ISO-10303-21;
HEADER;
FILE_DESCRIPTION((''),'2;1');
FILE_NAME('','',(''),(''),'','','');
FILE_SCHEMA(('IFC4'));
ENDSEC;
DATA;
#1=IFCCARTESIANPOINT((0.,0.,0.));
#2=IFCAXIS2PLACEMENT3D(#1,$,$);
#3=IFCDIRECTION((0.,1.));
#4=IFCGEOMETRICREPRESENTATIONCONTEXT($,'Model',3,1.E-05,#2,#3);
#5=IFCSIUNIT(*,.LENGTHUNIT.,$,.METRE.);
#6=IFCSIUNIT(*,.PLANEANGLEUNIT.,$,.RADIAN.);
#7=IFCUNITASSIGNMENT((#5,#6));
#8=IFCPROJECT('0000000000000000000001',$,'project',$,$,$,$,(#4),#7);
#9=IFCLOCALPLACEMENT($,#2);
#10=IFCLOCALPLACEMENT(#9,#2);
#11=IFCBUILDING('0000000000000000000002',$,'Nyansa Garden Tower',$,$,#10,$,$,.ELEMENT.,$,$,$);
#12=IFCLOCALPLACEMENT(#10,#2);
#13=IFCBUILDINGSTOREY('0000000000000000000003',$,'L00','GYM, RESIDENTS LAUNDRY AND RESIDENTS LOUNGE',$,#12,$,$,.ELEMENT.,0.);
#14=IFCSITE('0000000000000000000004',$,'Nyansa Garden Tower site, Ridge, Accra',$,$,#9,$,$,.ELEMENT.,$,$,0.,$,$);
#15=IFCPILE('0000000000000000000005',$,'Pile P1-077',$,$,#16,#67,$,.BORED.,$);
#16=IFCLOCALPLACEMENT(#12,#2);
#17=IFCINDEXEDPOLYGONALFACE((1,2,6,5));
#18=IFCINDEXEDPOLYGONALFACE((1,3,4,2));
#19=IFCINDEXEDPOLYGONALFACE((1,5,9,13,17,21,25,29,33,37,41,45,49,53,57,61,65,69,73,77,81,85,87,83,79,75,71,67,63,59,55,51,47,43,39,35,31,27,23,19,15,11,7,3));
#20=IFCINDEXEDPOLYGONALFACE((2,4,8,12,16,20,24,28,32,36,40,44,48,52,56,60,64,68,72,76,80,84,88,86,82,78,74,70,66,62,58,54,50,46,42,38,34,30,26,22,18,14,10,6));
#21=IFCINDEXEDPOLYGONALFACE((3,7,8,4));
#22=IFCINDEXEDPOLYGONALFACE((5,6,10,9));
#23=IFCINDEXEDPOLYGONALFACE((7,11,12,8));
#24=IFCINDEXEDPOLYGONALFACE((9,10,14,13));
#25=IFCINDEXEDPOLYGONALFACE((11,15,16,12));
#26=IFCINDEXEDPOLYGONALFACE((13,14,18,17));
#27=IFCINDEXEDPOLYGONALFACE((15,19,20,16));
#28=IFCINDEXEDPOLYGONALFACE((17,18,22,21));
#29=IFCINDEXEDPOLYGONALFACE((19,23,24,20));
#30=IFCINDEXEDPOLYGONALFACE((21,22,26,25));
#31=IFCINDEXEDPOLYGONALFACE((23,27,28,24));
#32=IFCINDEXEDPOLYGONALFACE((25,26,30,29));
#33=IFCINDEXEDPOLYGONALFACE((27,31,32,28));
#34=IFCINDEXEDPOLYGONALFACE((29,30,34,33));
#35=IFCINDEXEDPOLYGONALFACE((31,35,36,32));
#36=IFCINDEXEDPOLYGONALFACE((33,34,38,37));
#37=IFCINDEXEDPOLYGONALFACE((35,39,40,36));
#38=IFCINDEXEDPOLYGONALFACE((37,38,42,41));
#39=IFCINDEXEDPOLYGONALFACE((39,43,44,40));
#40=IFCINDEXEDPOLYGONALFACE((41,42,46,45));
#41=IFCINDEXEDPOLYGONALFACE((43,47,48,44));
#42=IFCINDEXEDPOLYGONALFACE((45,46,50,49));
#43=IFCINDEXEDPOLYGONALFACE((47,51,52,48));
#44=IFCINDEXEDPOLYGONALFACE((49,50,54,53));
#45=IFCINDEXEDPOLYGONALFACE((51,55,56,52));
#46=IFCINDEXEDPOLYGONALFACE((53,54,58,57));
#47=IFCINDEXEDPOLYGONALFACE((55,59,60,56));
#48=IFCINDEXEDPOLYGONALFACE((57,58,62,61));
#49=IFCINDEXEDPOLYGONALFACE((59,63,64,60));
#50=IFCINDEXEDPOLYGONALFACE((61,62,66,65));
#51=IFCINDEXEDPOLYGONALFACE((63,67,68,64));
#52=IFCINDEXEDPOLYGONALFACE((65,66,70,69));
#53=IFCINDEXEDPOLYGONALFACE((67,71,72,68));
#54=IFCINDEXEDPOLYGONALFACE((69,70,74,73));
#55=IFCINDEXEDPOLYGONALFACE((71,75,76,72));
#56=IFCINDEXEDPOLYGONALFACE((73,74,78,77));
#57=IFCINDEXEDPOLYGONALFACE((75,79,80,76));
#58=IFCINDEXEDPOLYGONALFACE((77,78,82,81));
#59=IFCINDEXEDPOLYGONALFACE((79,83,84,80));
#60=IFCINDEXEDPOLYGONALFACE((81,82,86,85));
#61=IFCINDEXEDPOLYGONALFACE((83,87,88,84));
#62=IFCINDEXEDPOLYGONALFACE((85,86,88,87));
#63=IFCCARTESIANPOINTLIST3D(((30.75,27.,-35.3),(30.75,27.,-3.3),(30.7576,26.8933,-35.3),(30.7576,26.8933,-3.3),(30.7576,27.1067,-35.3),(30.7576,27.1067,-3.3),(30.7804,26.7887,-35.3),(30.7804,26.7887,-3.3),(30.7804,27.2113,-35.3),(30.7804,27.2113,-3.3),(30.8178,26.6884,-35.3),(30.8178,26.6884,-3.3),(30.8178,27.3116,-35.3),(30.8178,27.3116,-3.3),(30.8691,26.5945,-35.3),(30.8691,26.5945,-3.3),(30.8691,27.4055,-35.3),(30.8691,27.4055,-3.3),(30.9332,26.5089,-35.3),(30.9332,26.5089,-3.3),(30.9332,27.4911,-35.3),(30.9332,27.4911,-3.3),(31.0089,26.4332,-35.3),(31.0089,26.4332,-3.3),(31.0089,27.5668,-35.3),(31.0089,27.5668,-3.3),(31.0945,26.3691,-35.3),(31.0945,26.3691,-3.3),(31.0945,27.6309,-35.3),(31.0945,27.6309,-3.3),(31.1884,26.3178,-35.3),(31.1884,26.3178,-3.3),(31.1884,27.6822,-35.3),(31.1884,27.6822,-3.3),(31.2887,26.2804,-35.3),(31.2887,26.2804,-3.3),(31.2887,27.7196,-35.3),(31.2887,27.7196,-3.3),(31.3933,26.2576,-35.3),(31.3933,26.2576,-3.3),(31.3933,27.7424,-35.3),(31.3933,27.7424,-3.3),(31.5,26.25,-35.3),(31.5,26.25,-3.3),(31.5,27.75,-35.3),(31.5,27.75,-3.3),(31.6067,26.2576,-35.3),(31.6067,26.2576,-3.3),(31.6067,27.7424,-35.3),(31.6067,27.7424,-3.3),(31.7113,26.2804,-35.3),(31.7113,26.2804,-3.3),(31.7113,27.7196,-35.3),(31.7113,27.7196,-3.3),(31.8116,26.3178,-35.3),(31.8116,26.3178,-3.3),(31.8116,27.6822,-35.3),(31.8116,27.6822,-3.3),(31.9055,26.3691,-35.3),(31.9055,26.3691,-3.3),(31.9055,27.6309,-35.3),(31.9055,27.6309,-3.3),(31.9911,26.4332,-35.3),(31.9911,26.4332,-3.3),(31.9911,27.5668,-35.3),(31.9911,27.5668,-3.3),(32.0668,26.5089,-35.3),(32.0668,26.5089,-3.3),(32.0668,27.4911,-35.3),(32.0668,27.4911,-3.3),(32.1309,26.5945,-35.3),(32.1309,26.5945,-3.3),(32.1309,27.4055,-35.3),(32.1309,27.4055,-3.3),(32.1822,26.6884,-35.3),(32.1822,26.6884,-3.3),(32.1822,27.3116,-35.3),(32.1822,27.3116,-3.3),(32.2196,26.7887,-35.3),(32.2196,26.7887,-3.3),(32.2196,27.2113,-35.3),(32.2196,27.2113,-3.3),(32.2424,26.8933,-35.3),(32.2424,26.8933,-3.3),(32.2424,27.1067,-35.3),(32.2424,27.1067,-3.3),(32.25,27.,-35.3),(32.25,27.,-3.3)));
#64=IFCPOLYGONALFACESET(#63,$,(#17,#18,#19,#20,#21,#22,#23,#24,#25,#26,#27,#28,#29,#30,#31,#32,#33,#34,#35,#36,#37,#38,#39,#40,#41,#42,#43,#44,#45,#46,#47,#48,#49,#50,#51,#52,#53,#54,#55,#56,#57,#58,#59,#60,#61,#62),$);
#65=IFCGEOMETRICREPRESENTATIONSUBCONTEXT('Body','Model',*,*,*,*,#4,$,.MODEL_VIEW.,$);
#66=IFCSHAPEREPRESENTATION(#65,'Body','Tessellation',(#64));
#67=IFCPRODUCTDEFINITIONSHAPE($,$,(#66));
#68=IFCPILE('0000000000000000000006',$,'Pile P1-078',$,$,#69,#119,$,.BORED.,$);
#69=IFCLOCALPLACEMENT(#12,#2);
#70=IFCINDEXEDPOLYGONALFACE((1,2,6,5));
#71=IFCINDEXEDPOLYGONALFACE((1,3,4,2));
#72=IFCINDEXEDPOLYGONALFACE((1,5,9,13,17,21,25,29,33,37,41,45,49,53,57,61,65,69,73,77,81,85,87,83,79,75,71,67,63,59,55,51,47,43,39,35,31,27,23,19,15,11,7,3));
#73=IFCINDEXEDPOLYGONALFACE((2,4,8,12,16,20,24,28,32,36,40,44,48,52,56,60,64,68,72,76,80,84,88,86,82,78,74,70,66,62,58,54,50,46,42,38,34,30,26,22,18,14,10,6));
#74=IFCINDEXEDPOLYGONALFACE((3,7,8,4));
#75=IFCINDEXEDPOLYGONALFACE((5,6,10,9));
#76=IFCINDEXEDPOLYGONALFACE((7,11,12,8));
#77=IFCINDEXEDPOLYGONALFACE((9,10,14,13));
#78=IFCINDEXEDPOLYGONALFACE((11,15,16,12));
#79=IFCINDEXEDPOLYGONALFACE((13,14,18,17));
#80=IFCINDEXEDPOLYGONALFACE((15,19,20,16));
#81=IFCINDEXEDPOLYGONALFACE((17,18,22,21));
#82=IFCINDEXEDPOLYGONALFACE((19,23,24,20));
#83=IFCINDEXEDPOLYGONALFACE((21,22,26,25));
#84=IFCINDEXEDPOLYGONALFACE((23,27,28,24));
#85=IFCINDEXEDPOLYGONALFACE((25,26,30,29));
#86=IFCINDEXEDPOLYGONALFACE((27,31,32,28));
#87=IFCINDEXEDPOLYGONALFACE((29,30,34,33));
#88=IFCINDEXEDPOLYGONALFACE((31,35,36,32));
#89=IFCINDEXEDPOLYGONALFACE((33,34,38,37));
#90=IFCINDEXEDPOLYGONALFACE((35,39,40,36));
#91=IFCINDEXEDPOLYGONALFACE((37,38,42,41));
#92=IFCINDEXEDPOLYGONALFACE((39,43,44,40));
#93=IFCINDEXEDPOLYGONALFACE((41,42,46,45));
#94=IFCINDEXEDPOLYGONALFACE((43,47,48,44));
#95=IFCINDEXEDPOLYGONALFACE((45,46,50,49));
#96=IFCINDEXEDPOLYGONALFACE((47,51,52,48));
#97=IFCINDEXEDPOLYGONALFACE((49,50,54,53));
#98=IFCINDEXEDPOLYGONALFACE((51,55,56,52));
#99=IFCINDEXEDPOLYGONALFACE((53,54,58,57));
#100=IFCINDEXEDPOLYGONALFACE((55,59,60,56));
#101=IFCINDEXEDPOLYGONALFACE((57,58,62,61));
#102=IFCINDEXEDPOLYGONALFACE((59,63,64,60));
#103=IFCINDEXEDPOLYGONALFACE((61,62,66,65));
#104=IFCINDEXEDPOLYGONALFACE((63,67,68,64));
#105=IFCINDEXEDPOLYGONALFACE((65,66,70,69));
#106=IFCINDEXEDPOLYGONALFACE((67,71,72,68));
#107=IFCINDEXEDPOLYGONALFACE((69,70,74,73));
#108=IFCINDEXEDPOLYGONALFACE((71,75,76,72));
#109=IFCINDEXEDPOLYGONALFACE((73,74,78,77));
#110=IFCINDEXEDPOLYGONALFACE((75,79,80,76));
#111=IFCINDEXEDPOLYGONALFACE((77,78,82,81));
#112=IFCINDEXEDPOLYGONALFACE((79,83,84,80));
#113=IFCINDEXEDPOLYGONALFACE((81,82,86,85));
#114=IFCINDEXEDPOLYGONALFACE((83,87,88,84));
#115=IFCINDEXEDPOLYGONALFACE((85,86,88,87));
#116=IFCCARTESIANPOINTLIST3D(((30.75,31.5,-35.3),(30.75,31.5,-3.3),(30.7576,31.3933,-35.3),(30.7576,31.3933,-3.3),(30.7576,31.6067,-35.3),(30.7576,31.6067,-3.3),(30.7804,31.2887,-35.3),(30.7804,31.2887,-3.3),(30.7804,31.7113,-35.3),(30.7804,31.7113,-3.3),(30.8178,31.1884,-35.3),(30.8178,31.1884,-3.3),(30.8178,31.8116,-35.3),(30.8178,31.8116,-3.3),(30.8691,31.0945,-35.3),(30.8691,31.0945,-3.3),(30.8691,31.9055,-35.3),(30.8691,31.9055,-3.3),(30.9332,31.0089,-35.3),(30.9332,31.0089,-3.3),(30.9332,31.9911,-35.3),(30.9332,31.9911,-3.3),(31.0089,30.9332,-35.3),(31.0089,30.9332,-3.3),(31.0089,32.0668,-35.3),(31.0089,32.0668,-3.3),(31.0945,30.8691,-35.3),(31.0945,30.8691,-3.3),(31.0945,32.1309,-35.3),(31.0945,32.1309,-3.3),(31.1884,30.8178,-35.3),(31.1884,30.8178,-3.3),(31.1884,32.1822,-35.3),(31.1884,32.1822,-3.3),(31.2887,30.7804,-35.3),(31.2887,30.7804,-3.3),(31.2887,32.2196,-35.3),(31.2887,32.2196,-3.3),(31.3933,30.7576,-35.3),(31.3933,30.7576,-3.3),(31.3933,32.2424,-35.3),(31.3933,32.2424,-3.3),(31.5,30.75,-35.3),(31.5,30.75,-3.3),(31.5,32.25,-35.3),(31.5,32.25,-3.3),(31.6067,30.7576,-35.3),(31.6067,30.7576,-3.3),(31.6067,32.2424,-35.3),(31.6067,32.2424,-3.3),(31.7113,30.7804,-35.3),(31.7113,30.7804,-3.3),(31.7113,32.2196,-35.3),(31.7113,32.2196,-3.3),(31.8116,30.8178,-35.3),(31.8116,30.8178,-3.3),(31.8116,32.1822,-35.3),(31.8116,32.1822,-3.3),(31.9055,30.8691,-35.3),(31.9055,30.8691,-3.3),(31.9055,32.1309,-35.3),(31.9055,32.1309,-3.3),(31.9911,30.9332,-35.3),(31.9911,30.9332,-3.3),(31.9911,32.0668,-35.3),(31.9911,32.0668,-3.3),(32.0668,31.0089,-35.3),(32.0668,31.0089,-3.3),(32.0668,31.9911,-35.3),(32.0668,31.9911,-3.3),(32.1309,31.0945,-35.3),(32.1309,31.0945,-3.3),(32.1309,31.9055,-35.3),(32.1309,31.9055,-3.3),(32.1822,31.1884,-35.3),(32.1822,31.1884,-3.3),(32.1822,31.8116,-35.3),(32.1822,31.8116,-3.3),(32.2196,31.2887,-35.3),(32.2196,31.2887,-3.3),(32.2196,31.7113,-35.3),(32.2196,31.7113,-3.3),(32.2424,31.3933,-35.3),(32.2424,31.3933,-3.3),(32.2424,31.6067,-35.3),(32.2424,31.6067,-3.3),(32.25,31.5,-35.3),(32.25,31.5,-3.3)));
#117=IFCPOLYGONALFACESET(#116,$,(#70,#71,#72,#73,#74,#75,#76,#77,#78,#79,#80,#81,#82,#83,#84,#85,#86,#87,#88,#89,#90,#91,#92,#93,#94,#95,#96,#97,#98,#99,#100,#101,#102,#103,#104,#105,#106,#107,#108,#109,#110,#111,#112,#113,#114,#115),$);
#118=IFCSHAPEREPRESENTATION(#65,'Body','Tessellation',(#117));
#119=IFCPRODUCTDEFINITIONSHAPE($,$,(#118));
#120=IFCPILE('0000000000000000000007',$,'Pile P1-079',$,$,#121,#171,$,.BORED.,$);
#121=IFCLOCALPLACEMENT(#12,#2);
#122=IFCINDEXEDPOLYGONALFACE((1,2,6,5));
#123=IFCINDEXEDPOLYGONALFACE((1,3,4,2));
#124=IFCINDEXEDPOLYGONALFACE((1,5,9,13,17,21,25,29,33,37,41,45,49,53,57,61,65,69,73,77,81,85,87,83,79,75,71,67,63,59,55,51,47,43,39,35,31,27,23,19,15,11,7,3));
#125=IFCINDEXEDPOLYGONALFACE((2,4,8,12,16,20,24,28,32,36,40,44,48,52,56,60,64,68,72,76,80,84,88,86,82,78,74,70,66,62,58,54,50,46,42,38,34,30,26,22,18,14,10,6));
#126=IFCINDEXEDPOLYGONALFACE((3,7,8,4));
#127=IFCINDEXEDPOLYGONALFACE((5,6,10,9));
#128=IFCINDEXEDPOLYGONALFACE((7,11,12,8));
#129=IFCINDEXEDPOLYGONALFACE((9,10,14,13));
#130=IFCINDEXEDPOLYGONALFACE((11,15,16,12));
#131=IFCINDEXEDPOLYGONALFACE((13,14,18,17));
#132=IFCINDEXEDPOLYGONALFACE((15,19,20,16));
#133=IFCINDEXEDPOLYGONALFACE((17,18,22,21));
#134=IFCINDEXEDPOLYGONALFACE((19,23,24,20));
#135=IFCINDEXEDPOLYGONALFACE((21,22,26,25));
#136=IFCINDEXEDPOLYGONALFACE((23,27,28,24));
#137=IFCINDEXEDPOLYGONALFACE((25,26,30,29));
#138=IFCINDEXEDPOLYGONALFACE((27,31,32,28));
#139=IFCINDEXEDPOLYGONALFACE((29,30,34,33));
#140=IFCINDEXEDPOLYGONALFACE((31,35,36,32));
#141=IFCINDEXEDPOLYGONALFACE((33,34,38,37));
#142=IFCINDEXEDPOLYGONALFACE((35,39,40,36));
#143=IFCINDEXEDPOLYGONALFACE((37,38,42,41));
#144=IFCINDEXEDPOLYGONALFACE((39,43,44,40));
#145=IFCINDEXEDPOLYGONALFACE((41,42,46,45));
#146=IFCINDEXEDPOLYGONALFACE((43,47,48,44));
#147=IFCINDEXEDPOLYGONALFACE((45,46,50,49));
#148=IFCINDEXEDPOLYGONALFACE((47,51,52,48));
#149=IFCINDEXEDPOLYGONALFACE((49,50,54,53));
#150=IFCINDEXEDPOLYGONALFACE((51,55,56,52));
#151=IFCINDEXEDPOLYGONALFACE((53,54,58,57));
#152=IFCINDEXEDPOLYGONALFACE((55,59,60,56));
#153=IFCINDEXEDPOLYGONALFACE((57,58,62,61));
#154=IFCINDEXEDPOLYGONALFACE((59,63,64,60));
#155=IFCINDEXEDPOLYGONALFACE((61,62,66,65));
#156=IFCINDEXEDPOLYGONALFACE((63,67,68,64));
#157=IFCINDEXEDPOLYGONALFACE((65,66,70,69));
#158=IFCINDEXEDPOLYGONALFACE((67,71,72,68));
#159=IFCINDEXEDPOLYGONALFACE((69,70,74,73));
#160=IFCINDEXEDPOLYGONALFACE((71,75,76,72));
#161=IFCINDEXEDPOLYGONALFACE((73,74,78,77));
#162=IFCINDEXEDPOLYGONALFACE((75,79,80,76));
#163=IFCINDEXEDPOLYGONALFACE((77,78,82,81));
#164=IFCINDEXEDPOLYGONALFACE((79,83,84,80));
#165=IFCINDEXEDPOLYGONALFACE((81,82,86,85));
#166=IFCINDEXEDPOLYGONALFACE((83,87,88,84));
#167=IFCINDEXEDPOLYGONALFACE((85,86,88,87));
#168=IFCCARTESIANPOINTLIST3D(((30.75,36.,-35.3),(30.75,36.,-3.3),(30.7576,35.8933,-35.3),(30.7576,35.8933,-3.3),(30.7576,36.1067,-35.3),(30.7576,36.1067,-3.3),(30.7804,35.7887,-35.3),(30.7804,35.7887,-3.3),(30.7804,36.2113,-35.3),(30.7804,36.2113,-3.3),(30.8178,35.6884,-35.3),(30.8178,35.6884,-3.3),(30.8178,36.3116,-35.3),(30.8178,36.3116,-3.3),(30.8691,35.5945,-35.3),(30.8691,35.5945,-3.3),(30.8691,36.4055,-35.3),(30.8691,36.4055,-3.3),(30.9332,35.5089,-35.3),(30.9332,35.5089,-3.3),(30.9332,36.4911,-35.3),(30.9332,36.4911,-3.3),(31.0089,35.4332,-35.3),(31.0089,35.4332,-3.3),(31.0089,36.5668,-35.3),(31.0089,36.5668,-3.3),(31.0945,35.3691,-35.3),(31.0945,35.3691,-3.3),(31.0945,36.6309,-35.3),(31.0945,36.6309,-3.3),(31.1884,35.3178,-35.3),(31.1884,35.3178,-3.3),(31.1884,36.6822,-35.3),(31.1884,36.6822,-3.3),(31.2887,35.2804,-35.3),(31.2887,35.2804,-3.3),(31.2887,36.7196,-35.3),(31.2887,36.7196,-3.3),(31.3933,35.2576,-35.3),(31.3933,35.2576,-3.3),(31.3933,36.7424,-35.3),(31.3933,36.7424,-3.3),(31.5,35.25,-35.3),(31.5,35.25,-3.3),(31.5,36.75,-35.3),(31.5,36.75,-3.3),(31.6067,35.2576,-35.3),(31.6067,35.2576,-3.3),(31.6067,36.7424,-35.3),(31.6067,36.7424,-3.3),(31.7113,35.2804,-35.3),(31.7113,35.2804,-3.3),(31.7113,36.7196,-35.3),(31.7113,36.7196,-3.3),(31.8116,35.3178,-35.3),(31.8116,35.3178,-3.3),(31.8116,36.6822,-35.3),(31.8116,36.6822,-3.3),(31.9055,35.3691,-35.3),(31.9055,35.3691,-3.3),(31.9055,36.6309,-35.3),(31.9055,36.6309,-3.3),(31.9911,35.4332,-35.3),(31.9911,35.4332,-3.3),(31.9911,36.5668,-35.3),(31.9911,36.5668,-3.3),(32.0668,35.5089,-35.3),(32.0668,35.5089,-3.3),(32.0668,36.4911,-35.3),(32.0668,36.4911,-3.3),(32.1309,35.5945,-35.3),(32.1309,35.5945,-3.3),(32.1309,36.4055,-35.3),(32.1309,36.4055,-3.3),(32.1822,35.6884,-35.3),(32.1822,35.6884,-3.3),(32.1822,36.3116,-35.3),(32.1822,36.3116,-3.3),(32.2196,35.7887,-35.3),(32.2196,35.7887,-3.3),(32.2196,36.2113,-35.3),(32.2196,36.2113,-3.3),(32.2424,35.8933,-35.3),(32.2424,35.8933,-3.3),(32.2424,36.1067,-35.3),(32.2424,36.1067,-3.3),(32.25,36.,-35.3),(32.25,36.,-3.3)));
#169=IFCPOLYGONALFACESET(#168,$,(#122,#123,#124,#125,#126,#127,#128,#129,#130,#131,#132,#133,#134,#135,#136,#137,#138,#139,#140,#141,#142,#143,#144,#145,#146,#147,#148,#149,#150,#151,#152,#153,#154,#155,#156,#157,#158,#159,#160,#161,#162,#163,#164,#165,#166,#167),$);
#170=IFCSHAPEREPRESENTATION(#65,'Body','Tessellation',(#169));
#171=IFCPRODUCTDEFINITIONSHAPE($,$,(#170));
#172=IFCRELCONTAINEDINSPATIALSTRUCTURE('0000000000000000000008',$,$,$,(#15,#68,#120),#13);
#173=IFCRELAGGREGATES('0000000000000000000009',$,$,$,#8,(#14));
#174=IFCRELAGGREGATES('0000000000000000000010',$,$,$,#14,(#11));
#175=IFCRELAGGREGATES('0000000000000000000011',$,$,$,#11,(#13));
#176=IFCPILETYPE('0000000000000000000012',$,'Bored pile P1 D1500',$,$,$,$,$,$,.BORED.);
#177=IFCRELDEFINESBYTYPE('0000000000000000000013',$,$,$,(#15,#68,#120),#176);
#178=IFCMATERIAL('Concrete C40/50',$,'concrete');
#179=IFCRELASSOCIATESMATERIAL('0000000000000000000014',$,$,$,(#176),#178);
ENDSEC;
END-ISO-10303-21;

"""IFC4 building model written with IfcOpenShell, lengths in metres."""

from ifc_helpers import new_model, si_unit, direction, frame, origin, origin_2d, place, context, subcontext, project, spatial, circle, extrude, material, type_object, element, save


model = new_model("IFC4")

# Units and contexts
model_context = context("Model", 3, precision=1e-05, world=origin(), true_north=direction((0.0, 1.0)))
body_context = subcontext(model_context, "Body", "Model", "MODEL_VIEW")
ifc_project = project(units=[si_unit("LENGTHUNIT", "METRE"), si_unit("PLANEANGLEUNIT", "RADIAN")], contexts=[model_context])

# Site, building, storey
site_placement = place(None, origin())
site = spatial("IfcSite", under=ifc_project, at=site_placement, Name="Nyansa Garden Tower site, Ridge, Accra", CompositionType="ELEMENT", RefElevation=0.0)
building_placement = place(site_placement, origin())
building = spatial("IfcBuilding", under=site, at=building_placement, Name="Nyansa Garden Tower", CompositionType="ELEMENT")
storey_placement = place(building_placement, origin())
storey = spatial("IfcBuildingStorey", under=building, at=storey_placement, Name="L00", Description="GYM, RESIDENTS LAUNDRY AND RESIDENTS LOUNGE", CompositionType="ELEMENT", Elevation=0.0)

# Piles
ifc_material_1 = material(Name="Concrete C40/50", Category="concrete")
pile_type = type_object("IfcPileType", Name="Bored pile P1 D1500", PredefinedType="BORED", material=ifc_material_1)
for number, where, z_axis, x_axis, name in (
    (1, (31.5, 27.0, -3.3), (0.0, 0.0, -1.0), (1.0, 0.0, 0.0), "Pile P1-077"),
    (2, (31.5, 31.5, -3.3), (0.0, 0.0, -1.0), (1.0, 0.0, 0.0), "Pile P1-078"),
    (3, (31.5, 36.0, -3.3), (0.0, 0.0, -1.0), (1.0, 0.0, 0.0), "Pile P1-079"),
):
    element("IfcPile", number, at=place(storey_placement, frame(where, z_axis=z_axis, x_axis=x_axis)), inside=storey, type_object=pile_type, Name=name, PredefinedType="BORED", context=body_context, shape_type="SweptSolid", body=[
        extrude(circle(Radius=0.75, at=origin_2d()), origin(), (0.0, 0.0, 1.0), 32.0),
    ])

save(model, "model.ifc")
